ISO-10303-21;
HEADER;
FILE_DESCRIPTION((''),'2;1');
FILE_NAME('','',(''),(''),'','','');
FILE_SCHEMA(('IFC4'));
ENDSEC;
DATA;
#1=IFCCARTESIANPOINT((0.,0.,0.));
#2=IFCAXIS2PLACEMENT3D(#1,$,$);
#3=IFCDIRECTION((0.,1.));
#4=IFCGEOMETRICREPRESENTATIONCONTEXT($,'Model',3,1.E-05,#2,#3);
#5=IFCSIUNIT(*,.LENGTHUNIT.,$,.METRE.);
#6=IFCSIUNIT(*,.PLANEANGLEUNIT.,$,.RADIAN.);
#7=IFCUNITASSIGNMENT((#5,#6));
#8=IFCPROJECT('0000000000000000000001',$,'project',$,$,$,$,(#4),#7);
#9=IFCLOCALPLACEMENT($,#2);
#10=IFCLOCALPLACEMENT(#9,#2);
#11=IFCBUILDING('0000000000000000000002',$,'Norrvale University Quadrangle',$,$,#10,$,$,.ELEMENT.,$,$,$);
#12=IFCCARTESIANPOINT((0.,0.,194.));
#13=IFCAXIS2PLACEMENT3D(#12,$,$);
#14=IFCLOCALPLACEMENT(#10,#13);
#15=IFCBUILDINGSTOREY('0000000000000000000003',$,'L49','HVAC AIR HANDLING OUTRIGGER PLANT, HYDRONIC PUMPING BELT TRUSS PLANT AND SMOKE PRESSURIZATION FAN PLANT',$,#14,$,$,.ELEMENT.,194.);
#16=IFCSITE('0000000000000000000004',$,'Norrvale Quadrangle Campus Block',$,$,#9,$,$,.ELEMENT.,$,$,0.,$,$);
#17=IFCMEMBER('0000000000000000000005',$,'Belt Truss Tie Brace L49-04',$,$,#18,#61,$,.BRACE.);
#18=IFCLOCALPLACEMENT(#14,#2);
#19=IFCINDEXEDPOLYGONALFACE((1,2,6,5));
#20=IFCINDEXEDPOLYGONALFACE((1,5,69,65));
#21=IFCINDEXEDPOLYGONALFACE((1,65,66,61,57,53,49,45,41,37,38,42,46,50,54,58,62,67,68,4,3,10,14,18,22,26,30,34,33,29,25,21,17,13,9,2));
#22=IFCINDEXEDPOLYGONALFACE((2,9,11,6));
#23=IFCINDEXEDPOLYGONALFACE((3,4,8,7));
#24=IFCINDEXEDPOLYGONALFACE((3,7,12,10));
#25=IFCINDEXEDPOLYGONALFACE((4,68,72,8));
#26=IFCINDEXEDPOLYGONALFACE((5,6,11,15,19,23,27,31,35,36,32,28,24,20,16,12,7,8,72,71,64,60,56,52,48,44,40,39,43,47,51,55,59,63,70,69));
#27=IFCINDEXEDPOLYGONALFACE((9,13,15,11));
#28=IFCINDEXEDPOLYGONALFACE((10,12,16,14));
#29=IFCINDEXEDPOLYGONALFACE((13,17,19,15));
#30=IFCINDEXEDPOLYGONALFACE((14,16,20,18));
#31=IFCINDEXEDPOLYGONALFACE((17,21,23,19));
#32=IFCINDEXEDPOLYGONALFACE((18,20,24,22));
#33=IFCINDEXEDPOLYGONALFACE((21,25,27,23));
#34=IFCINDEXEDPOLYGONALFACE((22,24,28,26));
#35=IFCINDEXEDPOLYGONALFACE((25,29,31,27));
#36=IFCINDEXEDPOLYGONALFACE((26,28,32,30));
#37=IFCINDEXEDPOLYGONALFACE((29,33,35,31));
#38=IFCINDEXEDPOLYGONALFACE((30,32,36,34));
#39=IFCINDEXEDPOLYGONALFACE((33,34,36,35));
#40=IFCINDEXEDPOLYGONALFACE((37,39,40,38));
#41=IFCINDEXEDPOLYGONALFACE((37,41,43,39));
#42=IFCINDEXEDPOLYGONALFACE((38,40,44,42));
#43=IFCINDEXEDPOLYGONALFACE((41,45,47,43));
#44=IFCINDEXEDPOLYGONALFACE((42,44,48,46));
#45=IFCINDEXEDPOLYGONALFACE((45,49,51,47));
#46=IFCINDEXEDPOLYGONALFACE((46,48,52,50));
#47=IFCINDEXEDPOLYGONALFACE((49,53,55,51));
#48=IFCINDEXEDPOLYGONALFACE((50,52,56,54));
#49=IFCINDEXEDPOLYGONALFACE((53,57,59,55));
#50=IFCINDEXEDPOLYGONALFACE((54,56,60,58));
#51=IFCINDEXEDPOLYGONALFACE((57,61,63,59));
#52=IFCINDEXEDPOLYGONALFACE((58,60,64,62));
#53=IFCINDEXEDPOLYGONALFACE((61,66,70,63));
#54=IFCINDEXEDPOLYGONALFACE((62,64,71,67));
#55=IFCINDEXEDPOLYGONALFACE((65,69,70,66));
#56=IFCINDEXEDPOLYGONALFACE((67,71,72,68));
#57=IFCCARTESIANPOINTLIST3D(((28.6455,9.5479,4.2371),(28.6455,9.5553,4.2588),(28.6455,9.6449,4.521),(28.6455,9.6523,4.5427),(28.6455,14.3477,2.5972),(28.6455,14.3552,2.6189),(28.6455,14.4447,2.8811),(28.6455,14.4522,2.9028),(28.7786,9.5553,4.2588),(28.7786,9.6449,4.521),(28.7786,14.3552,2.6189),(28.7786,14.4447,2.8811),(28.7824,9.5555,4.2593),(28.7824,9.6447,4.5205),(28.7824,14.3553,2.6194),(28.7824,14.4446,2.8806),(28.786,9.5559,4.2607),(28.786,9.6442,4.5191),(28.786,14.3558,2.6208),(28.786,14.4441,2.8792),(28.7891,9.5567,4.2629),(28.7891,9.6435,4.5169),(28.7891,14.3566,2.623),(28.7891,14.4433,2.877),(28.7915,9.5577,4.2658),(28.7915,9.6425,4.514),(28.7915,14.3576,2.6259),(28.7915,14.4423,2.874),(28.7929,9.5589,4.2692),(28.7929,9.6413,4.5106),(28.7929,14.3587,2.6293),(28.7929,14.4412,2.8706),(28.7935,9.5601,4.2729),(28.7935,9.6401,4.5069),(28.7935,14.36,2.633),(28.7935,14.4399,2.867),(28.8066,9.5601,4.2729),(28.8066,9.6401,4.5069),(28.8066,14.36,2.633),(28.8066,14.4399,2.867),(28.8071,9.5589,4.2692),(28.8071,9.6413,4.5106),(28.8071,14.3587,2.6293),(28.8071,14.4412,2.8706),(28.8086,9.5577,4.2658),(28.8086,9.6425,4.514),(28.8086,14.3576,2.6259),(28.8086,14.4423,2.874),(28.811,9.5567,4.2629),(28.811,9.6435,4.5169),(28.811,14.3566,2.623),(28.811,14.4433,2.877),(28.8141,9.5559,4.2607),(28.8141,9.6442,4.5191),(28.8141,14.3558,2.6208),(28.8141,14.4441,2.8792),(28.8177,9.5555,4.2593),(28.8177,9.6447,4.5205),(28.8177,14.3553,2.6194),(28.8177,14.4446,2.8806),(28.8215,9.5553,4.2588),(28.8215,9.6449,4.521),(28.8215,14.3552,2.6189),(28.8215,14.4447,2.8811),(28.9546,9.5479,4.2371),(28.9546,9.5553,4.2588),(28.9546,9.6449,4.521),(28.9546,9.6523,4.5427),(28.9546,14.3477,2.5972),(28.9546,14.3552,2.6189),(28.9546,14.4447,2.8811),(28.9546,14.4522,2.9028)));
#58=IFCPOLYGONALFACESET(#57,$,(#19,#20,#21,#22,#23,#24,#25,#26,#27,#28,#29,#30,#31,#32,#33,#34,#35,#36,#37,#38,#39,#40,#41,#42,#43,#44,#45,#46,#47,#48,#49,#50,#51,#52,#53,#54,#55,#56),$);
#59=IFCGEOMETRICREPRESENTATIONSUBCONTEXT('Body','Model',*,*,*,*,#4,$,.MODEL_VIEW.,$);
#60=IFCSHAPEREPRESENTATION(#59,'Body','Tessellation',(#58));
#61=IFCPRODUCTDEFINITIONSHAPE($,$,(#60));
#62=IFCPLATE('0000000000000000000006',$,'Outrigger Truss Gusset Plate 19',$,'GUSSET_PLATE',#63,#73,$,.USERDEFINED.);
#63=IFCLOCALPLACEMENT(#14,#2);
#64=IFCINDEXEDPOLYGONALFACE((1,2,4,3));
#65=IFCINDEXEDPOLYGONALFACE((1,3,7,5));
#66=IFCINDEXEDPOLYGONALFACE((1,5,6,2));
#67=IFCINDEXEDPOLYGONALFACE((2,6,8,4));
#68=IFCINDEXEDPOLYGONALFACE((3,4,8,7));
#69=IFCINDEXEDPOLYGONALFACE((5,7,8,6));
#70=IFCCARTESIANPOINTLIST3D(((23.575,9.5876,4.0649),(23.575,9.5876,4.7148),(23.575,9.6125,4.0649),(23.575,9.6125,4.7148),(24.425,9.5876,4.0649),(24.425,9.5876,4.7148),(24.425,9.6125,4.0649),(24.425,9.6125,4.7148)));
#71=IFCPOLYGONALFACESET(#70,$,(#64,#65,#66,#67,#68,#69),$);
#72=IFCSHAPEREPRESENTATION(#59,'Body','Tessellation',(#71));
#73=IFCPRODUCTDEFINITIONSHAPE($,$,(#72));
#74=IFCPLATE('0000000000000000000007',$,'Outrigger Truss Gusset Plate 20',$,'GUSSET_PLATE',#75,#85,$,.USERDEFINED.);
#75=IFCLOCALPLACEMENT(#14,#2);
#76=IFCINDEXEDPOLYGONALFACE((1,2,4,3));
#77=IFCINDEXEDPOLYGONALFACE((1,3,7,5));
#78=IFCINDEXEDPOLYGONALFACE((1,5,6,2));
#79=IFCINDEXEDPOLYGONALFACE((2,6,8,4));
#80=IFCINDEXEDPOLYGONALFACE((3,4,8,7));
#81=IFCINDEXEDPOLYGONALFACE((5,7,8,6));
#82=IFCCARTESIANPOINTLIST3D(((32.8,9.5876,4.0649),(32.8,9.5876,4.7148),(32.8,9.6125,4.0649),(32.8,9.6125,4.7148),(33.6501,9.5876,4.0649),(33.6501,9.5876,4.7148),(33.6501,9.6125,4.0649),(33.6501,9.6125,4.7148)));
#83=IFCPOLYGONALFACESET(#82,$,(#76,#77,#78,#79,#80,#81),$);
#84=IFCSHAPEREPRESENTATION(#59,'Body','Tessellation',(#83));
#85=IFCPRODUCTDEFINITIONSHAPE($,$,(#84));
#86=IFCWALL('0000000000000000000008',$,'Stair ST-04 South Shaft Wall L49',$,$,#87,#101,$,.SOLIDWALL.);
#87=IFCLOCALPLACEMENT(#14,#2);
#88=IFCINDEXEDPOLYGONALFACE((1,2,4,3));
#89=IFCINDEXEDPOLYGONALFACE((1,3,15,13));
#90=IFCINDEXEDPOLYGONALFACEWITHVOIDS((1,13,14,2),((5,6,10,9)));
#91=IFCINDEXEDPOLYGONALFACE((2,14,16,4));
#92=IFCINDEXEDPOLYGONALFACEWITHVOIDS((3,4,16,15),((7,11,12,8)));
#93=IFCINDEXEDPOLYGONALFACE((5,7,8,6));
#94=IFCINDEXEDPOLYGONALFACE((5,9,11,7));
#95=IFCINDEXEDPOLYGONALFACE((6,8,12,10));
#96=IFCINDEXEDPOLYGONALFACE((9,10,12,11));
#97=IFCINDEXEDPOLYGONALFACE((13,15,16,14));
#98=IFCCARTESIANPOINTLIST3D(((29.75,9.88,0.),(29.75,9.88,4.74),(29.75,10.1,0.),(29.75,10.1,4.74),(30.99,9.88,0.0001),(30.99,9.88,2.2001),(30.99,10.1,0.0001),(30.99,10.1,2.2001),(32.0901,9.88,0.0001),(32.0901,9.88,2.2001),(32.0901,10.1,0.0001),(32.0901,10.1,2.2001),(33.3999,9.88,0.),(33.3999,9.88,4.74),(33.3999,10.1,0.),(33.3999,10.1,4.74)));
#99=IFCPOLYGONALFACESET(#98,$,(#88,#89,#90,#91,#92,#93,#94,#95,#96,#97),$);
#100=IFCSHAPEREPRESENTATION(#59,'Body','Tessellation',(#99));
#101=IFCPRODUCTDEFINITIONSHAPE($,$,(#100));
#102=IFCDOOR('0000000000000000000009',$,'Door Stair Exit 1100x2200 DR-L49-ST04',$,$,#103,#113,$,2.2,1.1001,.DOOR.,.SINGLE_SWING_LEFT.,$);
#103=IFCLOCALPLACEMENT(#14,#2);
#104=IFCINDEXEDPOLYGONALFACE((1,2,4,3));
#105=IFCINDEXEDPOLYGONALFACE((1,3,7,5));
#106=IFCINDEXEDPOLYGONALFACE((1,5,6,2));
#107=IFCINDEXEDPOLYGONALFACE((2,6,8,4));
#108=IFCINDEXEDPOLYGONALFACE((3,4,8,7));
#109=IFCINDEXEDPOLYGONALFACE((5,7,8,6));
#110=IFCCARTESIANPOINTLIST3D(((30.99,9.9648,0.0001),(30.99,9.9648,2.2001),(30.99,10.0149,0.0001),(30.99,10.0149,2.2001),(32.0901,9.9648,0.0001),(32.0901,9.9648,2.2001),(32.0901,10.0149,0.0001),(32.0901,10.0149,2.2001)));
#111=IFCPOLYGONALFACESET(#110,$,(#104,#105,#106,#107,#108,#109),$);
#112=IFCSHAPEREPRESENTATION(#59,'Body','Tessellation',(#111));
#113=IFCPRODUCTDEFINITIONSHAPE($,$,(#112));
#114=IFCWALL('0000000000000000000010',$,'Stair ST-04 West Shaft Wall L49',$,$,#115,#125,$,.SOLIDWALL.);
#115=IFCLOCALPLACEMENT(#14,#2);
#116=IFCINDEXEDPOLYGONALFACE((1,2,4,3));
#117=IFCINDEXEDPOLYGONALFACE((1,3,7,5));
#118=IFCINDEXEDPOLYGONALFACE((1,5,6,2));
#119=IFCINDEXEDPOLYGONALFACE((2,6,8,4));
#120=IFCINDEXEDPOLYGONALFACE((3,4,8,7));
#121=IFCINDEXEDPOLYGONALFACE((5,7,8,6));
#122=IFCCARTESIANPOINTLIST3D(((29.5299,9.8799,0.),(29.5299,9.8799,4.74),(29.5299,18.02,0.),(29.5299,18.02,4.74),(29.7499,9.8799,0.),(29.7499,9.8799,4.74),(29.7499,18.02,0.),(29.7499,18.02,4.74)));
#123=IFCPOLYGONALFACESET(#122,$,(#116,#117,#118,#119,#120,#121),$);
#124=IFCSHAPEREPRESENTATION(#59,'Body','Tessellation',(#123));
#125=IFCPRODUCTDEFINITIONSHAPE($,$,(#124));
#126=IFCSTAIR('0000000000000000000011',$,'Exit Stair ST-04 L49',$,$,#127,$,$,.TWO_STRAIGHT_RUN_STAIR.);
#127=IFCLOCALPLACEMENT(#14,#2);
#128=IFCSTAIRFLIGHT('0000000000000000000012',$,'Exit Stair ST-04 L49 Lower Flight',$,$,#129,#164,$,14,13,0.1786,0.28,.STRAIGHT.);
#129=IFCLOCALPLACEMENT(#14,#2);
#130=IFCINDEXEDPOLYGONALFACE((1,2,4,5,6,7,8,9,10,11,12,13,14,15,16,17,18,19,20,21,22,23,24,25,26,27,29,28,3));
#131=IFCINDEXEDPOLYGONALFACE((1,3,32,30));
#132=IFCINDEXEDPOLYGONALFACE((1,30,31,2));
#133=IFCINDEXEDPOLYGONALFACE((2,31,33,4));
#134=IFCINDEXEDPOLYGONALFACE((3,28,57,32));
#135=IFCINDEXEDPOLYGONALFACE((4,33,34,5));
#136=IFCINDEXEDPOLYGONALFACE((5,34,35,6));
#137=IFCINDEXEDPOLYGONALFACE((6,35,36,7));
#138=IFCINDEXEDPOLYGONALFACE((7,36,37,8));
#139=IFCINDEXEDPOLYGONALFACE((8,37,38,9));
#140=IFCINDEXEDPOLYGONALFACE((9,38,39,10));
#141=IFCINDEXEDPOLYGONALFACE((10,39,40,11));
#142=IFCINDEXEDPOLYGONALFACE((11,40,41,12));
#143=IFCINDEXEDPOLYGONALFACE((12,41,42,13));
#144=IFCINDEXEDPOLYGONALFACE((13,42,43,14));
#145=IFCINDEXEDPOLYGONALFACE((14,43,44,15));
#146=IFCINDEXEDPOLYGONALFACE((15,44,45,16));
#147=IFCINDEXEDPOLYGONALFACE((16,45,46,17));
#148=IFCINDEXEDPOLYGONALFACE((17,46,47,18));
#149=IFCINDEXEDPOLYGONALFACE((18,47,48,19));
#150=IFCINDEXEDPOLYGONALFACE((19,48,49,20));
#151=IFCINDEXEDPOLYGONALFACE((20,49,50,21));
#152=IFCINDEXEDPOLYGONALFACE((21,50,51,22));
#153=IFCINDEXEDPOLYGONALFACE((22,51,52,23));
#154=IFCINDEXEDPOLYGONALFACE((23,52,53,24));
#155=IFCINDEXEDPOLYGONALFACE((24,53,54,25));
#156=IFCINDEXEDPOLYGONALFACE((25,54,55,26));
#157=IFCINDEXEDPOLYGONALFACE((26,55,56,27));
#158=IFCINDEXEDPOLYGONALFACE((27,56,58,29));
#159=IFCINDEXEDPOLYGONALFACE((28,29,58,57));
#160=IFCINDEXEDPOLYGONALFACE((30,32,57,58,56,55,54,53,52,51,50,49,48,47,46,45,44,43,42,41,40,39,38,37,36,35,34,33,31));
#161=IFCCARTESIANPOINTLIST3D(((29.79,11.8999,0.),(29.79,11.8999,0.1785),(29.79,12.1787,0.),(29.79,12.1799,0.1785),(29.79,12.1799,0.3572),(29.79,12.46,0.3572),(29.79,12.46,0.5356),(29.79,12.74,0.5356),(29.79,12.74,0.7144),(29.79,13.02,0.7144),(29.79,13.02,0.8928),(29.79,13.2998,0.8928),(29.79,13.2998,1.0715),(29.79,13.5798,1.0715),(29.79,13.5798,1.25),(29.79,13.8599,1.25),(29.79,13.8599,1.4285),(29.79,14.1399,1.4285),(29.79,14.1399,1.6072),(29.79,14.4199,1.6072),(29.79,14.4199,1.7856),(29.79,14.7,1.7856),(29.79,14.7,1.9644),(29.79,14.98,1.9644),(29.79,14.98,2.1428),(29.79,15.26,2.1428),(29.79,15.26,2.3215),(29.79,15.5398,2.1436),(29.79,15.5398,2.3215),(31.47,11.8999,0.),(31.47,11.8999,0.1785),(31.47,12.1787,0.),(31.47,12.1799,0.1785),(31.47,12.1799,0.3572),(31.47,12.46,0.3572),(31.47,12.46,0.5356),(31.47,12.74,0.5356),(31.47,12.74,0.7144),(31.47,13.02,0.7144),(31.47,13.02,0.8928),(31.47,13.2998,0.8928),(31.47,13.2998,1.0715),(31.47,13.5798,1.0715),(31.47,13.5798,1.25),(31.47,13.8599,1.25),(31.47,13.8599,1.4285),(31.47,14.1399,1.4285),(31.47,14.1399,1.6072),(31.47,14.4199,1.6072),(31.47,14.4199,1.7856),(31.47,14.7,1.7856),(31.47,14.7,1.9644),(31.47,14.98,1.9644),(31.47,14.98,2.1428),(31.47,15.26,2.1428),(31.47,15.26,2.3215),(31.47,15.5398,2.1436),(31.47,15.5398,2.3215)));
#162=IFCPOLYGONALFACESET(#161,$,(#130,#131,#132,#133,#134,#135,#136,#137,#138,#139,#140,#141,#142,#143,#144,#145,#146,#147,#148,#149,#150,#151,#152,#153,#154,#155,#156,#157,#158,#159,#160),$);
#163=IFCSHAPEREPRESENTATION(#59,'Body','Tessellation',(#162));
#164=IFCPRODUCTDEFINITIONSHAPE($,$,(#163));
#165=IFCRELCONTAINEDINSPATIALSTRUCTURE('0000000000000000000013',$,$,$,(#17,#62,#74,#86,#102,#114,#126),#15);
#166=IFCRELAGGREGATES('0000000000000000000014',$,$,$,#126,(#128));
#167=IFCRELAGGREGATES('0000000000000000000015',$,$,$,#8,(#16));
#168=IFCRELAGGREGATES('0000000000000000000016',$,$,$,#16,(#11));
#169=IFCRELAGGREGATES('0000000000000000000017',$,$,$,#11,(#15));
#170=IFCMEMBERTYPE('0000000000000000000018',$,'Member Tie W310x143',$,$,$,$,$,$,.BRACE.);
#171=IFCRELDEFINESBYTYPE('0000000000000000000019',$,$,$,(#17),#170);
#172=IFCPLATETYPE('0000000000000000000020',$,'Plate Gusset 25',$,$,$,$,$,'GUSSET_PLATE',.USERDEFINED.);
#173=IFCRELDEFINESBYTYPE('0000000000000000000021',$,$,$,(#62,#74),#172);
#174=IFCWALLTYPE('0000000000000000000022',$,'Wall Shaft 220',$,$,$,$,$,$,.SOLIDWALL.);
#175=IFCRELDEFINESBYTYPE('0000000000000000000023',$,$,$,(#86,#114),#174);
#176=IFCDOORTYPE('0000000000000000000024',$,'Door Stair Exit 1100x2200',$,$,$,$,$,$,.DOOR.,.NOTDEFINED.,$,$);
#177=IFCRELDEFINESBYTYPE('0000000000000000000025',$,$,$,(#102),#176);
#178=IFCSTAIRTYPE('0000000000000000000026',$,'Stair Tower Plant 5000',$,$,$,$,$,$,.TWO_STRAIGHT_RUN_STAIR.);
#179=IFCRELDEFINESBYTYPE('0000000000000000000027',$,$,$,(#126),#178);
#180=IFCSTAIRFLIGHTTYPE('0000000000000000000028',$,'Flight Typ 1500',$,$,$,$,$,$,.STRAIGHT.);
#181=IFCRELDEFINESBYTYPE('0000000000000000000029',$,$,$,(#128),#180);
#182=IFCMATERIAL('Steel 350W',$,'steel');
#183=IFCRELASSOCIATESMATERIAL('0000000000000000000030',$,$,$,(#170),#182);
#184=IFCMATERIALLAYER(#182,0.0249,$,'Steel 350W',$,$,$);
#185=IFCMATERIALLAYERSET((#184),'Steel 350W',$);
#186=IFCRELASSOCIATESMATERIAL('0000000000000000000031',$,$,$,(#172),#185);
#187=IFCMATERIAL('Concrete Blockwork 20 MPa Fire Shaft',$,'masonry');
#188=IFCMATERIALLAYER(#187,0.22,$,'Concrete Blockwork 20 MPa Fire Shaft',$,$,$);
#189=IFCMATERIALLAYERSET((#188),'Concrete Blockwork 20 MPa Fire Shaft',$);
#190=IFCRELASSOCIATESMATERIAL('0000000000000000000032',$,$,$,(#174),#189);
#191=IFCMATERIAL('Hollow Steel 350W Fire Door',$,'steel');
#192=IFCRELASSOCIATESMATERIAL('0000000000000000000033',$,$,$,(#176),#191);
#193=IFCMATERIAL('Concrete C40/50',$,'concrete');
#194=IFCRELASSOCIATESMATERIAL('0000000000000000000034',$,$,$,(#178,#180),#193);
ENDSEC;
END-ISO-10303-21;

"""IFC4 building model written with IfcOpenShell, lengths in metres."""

from ifc_helpers import new_model, si_unit, direction, frame, frame_2d, origin, origin_2d, place, context, subcontext, project, spatial, polyline, rectangle, i_section, outline, extrude, material, layer, layer_set, material_profile, profile_set, type_object, element, fill, aggregate, save


model = new_model("IFC4")

# Units and contexts
model_context = context("Model", 3, precision=1e-05, world=origin(), true_north=direction((0.0, 1.0)))
body_context = subcontext(model_context, "Body", "Model", "MODEL_VIEW")
ifc_project = project(units=[si_unit("LENGTHUNIT", "METRE"), si_unit("PLANEANGLEUNIT", "RADIAN")], contexts=[model_context])

# Site, building, storey
site_placement = place(None, origin())
site = spatial("IfcSite", under=ifc_project, at=site_placement, Name="Norrvale Quadrangle Campus Block", CompositionType="ELEMENT", RefElevation=0.0)
building_placement = place(site_placement, origin())
building = spatial("IfcBuilding", under=site, at=building_placement, Name="Norrvale University Quadrangle", CompositionType="ELEMENT")
storey_placement = place(building_placement, frame((0.0, 0.0, 194.0)))
storey = spatial("IfcBuildingStorey", under=building, at=storey_placement, Name="L49", Description="HVAC AIR HANDLING OUTRIGGER PLANT, HYDRONIC PUMPING BELT TRUSS PLANT AND SMOKE PRESSURIZATION FAN PLANT", CompositionType="ELEMENT", Elevation=194.0)

# Shared definitions
ifc_material_1 = material(Name="Steel 350W", Category="steel")

# Member
ifc_material_profile_1 = material_profile(ifc_material_1, i_section(OverallWidth=0.3091, OverallDepth=0.323, WebThickness=0.0132, FlangeThickness=0.0229, FilletRadius=0.0149, at=origin_2d()), Name="Steel 350W")
ifc_profile_set_1 = profile_set([ifc_material_profile_1], Name="Steel 350W")
member_type_1 = type_object("IfcMemberType", Name="Member Tie W310x143", PredefinedType="BRACE", material=ifc_profile_set_1)
member_1_placement = place(storey_placement, frame((28.8, 9.6001, 4.3899), z_axis=(0.0, 0.946293, -0.323309), x_axis=(-1.0, 0.0, 0.0)))
element("IfcMember", 1, at=member_1_placement, inside=storey, type_object=member_type_1, Name="Belt Truss Tie Brace L49-04", PredefinedType="BRACE", context=body_context, shape_type="SweptSolid", body=[
    extrude(i_section(OverallWidth=0.3091, OverallDepth=0.323, WebThickness=0.0132, FlangeThickness=0.0229, FilletRadius=0.0149, at=origin_2d()), origin(), (0.0, 0.0, 1.0), 5.0723),
])

# Plates
ifc_layer_1 = layer(ifc_material_1, 0.0249, Name="Steel 350W")
ifc_layer_set_1 = layer_set([ifc_layer_1], Name="Steel 350W")
plate_type = type_object("IfcPlateType", Name="Plate Gusset 25", ElementType="GUSSET_PLATE", PredefinedType="USERDEFINED", material=ifc_layer_set_1)
for number, where, z_axis, x_axis, name in (
    (2, (24.0, 9.6001, 4.0649), (0.0, 0.0, 1.0), (1.0, 0.0, 0.0), "Outrigger Truss Gusset Plate 19"),
    (3, (33.2251, 9.6001, 4.0649), (0.0, 0.0, 1.0), (1.0, 0.0, 0.0), "Outrigger Truss Gusset Plate 20"),
):
    element("IfcPlate", number, at=place(storey_placement, frame(where, z_axis=z_axis, x_axis=x_axis)), inside=storey, type_object=plate_type, Name=name, ObjectType="GUSSET_PLATE", PredefinedType="USERDEFINED", context=body_context, shape_type="SweptSolid", body=[
        extrude(rectangle(XDim=0.8501, YDim=0.0249, at=origin_2d()), origin(), (0.0, 0.0, 1.0), 0.6499),
    ])

# Wall, opening, door
ifc_material_2 = material(Name="Concrete Blockwork 20 MPa Fire Shaft", Category="masonry")
ifc_layer_2 = layer(ifc_material_2, 0.22, Name="Concrete Blockwork 20 MPa Fire Shaft")
ifc_layer_set_2 = layer_set([ifc_layer_2], Name="Concrete Blockwork 20 MPa Fire Shaft")
wall_type = type_object("IfcWallType", Name="Wall Shaft 220", PredefinedType="SOLIDWALL", material=ifc_layer_set_2)
wall_1_placement = place(storey_placement, frame((29.75, 9.99, 0.0), z_axis=(0.0, 0.0, 1.0), x_axis=(1.0, 0.0, 0.0)))
wall_1 = element("IfcWall", 4, at=wall_1_placement, inside=storey, type_object=wall_type, Name="Stair ST-04 South Shaft Wall L49", PredefinedType="SOLIDWALL", context=body_context, shape_type="SweptSolid", body=[
    extrude(rectangle(XDim=3.6499, YDim=0.22, at=frame_2d((1.825, 0.0))), origin(), (0.0, 0.0, 1.0), 4.74),
])
opening_placement = place(wall_1_placement, frame((1.24, 0.0, 0.0)))
opening = element("IfcOpeningElement", 5, at=opening_placement, cuts=wall_1, PredefinedType="OPENING", context=body_context, shape_type="SweptSolid", body=[
    extrude(rectangle(XDim=1.1001, YDim=2.2, at=frame_2d((0.55, 1.1001))), frame((0.0, 0.1221, 0.0), z_axis=(0.0, -1.0, 0.0), x_axis=(1.0, 0.0, 0.0)), (0.0, 0.0, 1.0), 0.2439),
])
ifc_material_3 = material(Name="Hollow Steel 350W Fire Door", Category="steel")
door_type = type_object("IfcDoorType", Name="Door Stair Exit 1100x2200", OperationType="NOTDEFINED", PredefinedType="DOOR", material=ifc_material_3)
door_placement = place(opening_placement, origin())
door = element("IfcDoor", 6, at=door_placement, inside=storey, type_object=door_type, Name="Door Stair Exit 1100x2200 DR-L49-ST04", OperationType="SINGLE_SWING_LEFT", OverallHeight=2.2, OverallWidth=1.1001, PredefinedType="DOOR", context=body_context, shape_type="SweptSolid", body=[
    extrude(rectangle(XDim=1.1001, YDim=2.2, at=frame_2d((0.55, 1.1001))), frame((0.0, 0.0249, 0.0), z_axis=(0.0, -1.0, 0.0), x_axis=(1.0, 0.0, 0.0)), (0.0, 0.0, 1.0), 0.05),
])
fill(opening, door)

# Wall
wall_2_placement = place(storey_placement, frame((29.6399, 9.8799, 0.0), z_axis=(0.0, 0.0, 1.0), x_axis=(0.0, 1.0, 0.0)))
element("IfcWall", 7, at=wall_2_placement, inside=storey, type_object=wall_type, Name="Stair ST-04 West Shaft Wall L49", PredefinedType="SOLIDWALL", context=body_context, shape_type="SweptSolid", body=[
    extrude(rectangle(XDim=8.1401, YDim=0.22, at=frame_2d((4.0701, 0.0))), origin(), (0.0, 0.0, 1.0), 4.74),
])

# Stair, stair flight
ifc_material_4 = material(Name="Concrete C40/50", Category="concrete")
stair_type = type_object("IfcStairType", Name="Stair Tower Plant 5000", PredefinedType="TWO_STRAIGHT_RUN_STAIR", material=ifc_material_4)
stair_placement = place(storey_placement, origin())
stair = element("IfcStair", 8, at=stair_placement, inside=storey, type_object=stair_type, Name="Exit Stair ST-04 L49", PredefinedType="TWO_STRAIGHT_RUN_STAIR")
stair_flight_type = type_object("IfcStairFlightType", Name="Flight Typ 1500", PredefinedType="STRAIGHT", material=ifc_material_4)
stair_flight_placement = place(storey_placement, frame((30.6299, 11.8999, 0.0), z_axis=(0.0, 0.0, 1.0), x_axis=(0.0, 1.0, 0.0)))
stair_flight = element("IfcStairFlight", 9, at=stair_flight_placement, type_object=stair_flight_type, Name="Exit Stair ST-04 L49 Lower Flight", NumberOfRisers=14, NumberOfTreads=13, PredefinedType="STRAIGHT", RiserHeight=0.1786, TreadLength=0.28, context=body_context, shape_type="SweptSolid", body=[
    extrude(outline(polyline([(0.0, 0.0), (0.0, 0.1785), (0.28, 0.1785), (0.28, 0.3572), (0.5601, 0.3572), (0.5601, 0.5356), (0.8401, 0.5356), (0.8401, 0.7144), (1.1201, 0.7144), (1.1201, 0.8928), (1.3999, 0.8928), (1.3999, 1.0715), (1.6799, 1.0715), (1.6799, 1.25), (1.96, 1.25), (1.96, 1.4285), (2.24, 1.4285), (2.24, 1.6072), (2.52, 1.6072), (2.52, 1.7856), (2.8, 1.7856), (2.8, 1.9644), (3.0801, 1.9644), (3.0801, 2.1428), (3.3601, 2.1428), (3.3601, 2.3215), (3.6399, 2.3215), (3.6399, 2.5), (3.6399, 2.1436), (0.2788, 0.0), (0.0, 0.0)])), frame((0.0, 0.8398, 0.0), z_axis=(0.0, -1.0, 0.0), x_axis=(1.0, 0.0, 0.0)), (0.0, 0.0, 1.0), 1.6799),
])
aggregate(stair, [stair_flight])

save(model, "model.ifc")
